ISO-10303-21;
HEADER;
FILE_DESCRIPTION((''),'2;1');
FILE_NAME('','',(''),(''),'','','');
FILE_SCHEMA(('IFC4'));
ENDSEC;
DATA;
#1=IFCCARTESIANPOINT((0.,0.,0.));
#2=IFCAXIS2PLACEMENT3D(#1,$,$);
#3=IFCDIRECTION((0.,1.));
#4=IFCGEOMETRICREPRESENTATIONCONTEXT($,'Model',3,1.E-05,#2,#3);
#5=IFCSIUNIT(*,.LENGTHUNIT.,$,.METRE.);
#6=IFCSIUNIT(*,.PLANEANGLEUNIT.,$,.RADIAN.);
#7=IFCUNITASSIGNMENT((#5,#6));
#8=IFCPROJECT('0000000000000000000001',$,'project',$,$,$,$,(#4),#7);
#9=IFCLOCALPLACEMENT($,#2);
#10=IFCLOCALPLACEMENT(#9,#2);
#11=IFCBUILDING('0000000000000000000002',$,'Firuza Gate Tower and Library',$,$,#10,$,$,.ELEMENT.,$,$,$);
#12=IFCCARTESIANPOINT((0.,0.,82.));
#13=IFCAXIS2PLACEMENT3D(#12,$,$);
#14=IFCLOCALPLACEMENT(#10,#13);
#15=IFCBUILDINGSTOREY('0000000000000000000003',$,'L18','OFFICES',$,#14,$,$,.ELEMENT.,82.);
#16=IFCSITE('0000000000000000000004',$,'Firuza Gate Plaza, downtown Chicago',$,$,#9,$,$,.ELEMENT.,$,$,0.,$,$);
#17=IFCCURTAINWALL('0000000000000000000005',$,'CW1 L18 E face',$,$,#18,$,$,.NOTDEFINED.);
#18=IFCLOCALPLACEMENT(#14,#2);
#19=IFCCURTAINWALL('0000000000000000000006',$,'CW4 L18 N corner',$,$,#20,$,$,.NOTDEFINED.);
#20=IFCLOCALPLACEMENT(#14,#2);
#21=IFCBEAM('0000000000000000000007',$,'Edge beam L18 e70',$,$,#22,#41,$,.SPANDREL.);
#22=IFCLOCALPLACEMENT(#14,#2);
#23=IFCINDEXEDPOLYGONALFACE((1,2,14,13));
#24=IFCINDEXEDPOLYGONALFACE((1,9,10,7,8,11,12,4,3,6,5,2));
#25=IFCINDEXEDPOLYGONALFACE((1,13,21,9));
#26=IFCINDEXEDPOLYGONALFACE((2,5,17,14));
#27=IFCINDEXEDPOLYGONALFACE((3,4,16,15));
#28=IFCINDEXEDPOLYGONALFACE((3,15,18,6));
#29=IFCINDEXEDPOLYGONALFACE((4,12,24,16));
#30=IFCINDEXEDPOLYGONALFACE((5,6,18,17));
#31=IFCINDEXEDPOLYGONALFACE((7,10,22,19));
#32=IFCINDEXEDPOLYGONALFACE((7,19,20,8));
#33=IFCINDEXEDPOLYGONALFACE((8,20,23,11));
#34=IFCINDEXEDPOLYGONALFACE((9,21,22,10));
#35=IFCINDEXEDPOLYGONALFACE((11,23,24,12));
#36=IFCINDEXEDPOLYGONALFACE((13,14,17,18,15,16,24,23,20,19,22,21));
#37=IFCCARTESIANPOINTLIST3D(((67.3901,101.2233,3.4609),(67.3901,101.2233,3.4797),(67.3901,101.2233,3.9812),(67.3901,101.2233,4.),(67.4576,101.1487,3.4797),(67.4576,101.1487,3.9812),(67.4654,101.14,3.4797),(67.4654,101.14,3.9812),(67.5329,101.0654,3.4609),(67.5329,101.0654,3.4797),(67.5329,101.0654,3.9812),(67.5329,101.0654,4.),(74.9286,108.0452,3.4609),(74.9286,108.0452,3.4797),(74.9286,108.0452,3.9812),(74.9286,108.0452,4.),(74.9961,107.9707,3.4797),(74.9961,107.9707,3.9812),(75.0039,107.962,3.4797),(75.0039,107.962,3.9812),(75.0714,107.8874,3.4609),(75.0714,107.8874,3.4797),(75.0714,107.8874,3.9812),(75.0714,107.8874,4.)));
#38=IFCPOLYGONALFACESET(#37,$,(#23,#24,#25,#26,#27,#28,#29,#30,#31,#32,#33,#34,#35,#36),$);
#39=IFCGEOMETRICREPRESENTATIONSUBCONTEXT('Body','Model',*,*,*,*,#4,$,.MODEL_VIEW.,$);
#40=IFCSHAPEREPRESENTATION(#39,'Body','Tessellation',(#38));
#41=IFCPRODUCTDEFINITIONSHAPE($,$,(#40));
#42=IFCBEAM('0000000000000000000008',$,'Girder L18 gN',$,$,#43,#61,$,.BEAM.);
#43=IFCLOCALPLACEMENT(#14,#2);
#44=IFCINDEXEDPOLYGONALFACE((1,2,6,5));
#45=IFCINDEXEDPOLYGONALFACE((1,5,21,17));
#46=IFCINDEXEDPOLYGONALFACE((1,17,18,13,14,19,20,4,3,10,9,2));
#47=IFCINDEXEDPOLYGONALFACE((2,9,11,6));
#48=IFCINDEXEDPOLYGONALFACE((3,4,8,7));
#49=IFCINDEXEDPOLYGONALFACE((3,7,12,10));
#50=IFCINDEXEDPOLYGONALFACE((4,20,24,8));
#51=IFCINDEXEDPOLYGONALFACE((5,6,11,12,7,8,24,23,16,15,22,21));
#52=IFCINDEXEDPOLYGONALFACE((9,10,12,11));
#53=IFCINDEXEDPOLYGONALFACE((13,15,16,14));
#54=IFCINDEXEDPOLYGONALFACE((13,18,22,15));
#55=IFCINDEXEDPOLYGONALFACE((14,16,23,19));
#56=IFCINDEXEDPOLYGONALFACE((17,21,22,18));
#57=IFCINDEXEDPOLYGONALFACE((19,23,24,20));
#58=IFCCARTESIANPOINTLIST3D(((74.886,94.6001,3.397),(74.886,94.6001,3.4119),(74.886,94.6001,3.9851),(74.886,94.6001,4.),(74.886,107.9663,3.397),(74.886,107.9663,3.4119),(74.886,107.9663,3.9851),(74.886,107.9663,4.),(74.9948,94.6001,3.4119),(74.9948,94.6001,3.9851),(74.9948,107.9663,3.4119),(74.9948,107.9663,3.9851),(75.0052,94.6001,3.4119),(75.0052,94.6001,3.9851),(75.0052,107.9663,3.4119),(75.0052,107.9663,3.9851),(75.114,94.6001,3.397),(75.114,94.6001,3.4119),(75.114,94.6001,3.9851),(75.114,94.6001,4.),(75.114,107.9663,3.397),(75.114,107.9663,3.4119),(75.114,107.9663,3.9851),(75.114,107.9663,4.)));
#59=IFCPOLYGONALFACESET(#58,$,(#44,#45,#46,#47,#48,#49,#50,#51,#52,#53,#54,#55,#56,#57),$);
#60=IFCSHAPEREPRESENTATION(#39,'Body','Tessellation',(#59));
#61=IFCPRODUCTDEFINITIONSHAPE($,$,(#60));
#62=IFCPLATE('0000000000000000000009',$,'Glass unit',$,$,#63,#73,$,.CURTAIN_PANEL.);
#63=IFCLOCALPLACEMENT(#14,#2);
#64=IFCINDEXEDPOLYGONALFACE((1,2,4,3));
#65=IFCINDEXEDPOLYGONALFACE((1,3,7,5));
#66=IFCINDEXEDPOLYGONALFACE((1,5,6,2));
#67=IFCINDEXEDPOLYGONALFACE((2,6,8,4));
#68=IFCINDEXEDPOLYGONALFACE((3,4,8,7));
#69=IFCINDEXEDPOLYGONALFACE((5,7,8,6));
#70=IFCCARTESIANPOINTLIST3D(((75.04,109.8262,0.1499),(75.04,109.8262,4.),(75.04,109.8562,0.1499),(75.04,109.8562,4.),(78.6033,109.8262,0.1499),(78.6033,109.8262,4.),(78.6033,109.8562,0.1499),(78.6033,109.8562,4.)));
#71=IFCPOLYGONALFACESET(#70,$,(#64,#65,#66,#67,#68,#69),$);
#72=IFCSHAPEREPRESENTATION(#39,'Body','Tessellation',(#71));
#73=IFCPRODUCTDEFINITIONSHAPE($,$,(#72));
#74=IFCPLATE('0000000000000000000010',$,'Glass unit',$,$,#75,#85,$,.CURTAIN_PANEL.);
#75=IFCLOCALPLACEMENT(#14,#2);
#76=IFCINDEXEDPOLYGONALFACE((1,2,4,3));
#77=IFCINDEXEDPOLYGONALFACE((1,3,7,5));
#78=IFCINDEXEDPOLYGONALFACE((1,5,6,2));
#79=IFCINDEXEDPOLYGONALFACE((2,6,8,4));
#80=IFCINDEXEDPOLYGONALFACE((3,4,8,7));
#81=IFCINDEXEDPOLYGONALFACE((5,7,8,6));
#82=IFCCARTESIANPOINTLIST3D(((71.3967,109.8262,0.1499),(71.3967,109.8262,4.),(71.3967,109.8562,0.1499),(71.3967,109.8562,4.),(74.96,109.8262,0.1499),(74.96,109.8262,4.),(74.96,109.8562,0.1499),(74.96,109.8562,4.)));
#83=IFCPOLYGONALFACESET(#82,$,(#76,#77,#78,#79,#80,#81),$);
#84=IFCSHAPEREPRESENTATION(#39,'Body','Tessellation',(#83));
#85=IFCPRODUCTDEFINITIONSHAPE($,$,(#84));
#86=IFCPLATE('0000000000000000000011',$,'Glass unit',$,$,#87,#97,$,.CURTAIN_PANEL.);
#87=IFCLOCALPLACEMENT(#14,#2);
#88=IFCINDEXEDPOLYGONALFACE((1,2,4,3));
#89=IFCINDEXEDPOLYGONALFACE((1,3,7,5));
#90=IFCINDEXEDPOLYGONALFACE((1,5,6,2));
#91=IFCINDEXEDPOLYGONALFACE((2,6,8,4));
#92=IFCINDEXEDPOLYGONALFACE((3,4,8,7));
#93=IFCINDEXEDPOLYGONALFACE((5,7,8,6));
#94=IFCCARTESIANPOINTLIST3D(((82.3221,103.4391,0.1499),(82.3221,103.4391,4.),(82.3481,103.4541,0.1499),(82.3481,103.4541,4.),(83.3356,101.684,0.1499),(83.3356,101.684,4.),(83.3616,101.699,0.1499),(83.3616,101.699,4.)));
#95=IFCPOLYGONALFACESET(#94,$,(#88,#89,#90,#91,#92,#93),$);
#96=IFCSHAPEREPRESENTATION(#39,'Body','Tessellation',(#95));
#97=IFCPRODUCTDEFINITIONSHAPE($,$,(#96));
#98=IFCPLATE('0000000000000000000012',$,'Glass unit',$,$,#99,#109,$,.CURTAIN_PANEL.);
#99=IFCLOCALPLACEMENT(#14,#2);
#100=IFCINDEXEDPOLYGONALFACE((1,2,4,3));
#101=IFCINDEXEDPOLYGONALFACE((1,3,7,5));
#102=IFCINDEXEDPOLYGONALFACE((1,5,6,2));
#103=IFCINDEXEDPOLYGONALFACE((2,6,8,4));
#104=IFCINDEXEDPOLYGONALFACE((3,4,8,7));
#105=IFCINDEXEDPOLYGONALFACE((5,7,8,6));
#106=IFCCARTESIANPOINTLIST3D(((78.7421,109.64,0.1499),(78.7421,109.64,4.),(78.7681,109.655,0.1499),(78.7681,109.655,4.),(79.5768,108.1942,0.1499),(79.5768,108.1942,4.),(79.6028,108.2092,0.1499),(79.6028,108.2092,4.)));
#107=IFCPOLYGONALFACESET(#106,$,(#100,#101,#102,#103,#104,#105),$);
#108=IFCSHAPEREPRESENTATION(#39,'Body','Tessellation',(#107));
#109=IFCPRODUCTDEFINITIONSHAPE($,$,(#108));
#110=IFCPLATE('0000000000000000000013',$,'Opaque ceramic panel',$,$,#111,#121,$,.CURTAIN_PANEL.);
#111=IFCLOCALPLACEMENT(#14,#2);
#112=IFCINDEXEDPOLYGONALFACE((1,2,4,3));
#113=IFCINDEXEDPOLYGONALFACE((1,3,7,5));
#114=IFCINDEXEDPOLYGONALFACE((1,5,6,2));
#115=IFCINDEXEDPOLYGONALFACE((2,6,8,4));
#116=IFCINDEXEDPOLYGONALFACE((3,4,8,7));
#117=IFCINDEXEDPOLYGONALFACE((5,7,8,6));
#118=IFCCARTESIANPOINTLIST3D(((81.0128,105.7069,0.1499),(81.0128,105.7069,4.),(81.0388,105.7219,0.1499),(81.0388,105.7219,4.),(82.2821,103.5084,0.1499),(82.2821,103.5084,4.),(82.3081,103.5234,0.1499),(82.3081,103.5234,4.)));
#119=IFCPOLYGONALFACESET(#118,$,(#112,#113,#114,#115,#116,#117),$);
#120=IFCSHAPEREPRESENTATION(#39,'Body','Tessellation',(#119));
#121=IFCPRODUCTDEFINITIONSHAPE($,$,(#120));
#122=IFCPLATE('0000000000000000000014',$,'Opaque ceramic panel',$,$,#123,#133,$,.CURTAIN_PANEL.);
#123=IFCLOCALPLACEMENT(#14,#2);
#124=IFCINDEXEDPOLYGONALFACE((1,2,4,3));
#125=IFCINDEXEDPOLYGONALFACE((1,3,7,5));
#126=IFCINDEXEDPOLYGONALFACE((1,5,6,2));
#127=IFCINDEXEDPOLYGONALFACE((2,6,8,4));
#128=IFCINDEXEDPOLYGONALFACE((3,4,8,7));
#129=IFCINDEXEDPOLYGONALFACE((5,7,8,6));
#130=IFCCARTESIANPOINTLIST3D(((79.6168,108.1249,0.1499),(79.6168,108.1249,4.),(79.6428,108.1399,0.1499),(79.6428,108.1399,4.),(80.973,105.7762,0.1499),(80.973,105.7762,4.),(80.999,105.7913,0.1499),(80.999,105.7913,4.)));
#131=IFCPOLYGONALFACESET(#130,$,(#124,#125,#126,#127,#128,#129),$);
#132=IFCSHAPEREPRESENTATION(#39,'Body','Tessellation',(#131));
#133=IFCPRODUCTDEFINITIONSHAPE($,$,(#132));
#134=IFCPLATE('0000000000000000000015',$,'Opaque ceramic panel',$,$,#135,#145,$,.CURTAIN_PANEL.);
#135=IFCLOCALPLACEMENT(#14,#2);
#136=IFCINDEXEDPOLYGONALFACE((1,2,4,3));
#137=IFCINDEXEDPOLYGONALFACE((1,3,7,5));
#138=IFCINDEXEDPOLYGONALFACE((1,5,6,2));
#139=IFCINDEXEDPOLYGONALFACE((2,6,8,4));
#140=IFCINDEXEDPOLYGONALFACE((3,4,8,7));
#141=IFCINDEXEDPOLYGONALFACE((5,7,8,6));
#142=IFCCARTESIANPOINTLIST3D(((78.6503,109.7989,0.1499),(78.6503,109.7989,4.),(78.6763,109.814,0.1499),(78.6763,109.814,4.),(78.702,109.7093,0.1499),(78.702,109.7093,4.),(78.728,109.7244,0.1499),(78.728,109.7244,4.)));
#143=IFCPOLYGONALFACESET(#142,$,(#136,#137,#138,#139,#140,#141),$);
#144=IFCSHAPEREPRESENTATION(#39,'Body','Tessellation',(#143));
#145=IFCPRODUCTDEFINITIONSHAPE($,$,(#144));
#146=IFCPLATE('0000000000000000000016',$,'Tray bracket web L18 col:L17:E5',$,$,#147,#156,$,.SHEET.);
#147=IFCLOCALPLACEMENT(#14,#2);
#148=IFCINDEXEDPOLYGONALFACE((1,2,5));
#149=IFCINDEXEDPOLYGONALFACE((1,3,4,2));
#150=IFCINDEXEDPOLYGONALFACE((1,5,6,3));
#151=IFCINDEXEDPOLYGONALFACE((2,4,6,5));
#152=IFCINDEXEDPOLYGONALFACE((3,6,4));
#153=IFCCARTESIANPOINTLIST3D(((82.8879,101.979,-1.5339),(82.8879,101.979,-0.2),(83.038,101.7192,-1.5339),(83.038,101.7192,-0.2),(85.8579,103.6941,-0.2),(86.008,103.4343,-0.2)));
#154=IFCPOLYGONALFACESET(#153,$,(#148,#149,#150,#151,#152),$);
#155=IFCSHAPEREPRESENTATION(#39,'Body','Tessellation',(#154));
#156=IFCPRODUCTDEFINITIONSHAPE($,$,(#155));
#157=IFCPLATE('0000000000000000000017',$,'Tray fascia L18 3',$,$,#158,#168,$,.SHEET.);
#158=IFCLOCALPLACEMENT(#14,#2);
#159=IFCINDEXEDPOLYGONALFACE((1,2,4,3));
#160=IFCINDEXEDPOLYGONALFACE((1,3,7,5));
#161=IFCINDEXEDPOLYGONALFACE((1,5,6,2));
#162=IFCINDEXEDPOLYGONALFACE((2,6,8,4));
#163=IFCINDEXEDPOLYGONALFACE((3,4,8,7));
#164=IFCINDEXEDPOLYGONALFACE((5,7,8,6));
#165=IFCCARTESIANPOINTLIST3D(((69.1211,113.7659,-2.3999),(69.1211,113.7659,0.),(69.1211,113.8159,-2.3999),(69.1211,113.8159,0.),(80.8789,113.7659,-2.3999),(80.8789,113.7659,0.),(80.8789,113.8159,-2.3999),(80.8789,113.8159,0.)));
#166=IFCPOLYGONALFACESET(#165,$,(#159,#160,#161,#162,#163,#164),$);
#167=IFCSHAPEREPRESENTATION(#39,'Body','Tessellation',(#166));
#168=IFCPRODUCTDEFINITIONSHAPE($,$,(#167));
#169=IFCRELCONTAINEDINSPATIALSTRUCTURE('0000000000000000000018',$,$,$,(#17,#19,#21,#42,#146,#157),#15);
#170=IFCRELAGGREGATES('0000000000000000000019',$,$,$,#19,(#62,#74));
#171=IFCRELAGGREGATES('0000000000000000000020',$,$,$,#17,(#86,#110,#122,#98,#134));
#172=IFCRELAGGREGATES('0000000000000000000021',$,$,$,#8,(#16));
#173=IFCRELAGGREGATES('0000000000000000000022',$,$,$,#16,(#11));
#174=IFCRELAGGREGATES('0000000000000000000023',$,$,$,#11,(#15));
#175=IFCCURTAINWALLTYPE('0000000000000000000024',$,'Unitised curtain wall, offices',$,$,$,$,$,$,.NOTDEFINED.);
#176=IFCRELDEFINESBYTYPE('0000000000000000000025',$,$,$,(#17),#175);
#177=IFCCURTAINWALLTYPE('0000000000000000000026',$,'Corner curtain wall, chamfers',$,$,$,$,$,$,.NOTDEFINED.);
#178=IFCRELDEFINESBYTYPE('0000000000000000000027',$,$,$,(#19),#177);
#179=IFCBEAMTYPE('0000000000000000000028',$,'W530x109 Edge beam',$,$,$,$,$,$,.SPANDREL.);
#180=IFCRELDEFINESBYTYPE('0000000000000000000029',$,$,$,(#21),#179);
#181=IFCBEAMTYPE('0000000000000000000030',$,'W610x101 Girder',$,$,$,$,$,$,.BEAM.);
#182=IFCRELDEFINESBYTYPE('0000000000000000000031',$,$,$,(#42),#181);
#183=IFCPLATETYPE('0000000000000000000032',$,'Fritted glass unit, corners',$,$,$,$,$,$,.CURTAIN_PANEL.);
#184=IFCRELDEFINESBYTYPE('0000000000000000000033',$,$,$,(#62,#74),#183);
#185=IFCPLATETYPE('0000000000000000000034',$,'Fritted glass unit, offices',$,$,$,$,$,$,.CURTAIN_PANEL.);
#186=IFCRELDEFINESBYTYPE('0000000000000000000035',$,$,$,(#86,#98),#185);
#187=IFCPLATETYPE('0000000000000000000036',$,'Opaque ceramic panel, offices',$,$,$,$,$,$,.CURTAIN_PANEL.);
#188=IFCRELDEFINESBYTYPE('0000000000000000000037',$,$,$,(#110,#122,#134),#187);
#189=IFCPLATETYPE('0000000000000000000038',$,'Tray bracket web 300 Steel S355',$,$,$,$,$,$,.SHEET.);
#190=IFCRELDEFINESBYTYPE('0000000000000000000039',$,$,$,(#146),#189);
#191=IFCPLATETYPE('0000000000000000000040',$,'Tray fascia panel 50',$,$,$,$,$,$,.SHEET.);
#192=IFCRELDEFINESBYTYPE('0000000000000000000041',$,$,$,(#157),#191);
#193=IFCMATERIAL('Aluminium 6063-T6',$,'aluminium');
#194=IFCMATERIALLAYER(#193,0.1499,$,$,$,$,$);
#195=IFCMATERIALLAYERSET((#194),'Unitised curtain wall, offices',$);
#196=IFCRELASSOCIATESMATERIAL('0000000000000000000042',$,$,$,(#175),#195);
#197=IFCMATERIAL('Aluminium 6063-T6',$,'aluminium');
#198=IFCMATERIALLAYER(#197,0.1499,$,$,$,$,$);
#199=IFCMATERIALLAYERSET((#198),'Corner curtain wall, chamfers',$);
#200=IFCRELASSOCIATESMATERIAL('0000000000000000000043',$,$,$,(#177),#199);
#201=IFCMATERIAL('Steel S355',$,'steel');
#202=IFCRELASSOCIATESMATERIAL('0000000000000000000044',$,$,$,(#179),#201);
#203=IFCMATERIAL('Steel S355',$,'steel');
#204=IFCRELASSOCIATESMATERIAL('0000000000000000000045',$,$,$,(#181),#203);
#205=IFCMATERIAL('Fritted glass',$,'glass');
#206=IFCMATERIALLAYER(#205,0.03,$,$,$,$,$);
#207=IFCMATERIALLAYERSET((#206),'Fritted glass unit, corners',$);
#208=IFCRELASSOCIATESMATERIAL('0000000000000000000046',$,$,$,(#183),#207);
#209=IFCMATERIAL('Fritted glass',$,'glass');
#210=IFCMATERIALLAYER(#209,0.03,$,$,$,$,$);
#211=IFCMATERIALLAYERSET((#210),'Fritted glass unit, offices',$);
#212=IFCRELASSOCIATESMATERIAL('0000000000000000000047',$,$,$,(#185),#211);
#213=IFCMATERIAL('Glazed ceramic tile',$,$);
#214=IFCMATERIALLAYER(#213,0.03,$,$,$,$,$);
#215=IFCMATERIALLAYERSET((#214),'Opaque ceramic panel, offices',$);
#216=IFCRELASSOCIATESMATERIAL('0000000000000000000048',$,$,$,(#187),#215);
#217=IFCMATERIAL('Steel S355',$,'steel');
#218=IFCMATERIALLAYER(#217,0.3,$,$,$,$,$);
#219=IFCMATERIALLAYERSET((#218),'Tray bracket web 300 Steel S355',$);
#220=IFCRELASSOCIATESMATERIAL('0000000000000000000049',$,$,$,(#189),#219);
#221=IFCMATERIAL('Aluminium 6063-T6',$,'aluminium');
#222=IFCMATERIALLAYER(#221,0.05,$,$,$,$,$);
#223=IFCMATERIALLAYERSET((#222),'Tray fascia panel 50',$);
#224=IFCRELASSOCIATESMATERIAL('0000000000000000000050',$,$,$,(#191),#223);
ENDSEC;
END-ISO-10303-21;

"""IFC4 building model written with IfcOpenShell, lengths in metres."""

from ifc_helpers import new_model, si_unit, direction, frame, origin, origin_2d, place, context, subcontext, project, spatial, polyline, i_section, outline, extrude, material, layer, layer_set, material_profile, profile_set, type_object, element, aggregate, save


model = new_model("IFC4")

# Units and contexts
model_context = context("Model", 3, precision=1e-05, world=origin(), true_north=direction((0.0, 1.0)))
body_context = subcontext(model_context, "Body", "Model", "MODEL_VIEW")
ifc_project = project(units=[si_unit("LENGTHUNIT", "METRE"), si_unit("PLANEANGLEUNIT", "RADIAN")], contexts=[model_context])

# Site, building, storey
site_placement = place(None, origin())
site = spatial("IfcSite", under=ifc_project, at=site_placement, Name="Firuza Gate Plaza, downtown Chicago", CompositionType="ELEMENT", RefElevation=0.0)
building_placement = place(site_placement, origin())
building = spatial("IfcBuilding", under=site, at=building_placement, Name="Firuza Gate Tower and Library", CompositionType="ELEMENT")
storey_placement = place(building_placement, frame((0.0, 0.0, 82.0)))
storey = spatial("IfcBuildingStorey", under=building, at=storey_placement, Name="L18", Description="OFFICES", CompositionType="ELEMENT", Elevation=82.0)

# Curtain walls
ifc_material_1 = material(Name="Aluminium 6063-T6", Category="aluminium")
ifc_layer_1 = layer(ifc_material_1, 0.1499)
ifc_layer_set_1 = layer_set([ifc_layer_1], Name="Unitised curtain wall, offices")
curtain_wall_type_1 = type_object("IfcCurtainWallType", Name="Unitised curtain wall, offices", PredefinedType="NOTDEFINED", material=ifc_layer_set_1)
placement = place(storey_placement, origin())
curtain_wall_1 = element("IfcCurtainWall", 1, at=placement, inside=storey, type_object=curtain_wall_type_1, Name="CW1 L18 E face", PredefinedType="NOTDEFINED")
ifc_material_2 = material(Name="Aluminium 6063-T6", Category="aluminium")
ifc_layer_2 = layer(ifc_material_2, 0.1499)
ifc_layer_set_2 = layer_set([ifc_layer_2], Name="Corner curtain wall, chamfers")
curtain_wall_type_2 = type_object("IfcCurtainWallType", Name="Corner curtain wall, chamfers", PredefinedType="NOTDEFINED", material=ifc_layer_set_2)
curtain_wall_2 = element("IfcCurtainWall", 2, at=placement, inside=storey, type_object=curtain_wall_type_2, Name="CW4 L18 N corner", PredefinedType="NOTDEFINED")

# Beams
ifc_material_3 = material(Name="Steel S355", Category="steel")
ifc_material_profile_1 = material_profile(ifc_material_3, i_section(OverallWidth=0.2129, OverallDepth=0.5391, WebThickness=0.0117, FlangeThickness=0.0188, at=origin_2d()))
ifc_profile_set_1 = profile_set([ifc_material_profile_1], Name="Steel S355")
beam_type_1 = type_object("IfcBeamType", Name="W530x109 Edge beam", PredefinedType="SPANDREL", material=ifc_profile_set_1)
beam_1_placement = place(storey_placement, frame((75.0, 107.9663, 3.7305), z_axis=(-0.741467, -0.670989, 0.0), x_axis=(0.670989, -0.741467, 0.0)))
element("IfcBeam", 3, at=beam_1_placement, inside=storey, type_object=beam_type_1, Name="Edge beam L18 e70", PredefinedType="SPANDREL", context=body_context, shape_type="SweptSolid", body=[
    extrude(i_section(OverallWidth=0.2129, OverallDepth=0.5391, WebThickness=0.0117, FlangeThickness=0.0188, at=origin_2d()), origin(), (0.0, 0.0, 1.0), 10.167),
])
ifc_material_4 = material(Name="Steel S355", Category="steel")
ifc_material_profile_2 = material_profile(ifc_material_4, i_section(OverallWidth=0.228, OverallDepth=0.603, WebThickness=0.0105, FlangeThickness=0.0149, at=origin_2d()))
ifc_profile_set_2 = profile_set([ifc_material_profile_2], Name="Steel S355")
beam_type_2 = type_object("IfcBeamType", Name="W610x101 Girder", PredefinedType="BEAM", material=ifc_profile_set_2)
beam_2_placement = place(storey_placement, frame((75.0, 107.9663, 3.6985), z_axis=(0.0, -1.0, 0.0), x_axis=(1.0, 0.0, 0.0)))
element("IfcBeam", 4, at=beam_2_placement, inside=storey, type_object=beam_type_2, Name="Girder L18 gN", PredefinedType="BEAM", context=body_context, shape_type="SweptSolid", body=[
    extrude(i_section(OverallWidth=0.228, OverallDepth=0.603, WebThickness=0.0105, FlangeThickness=0.0149, at=origin_2d()), origin(), (0.0, 0.0, 1.0), 13.3662),
])

# Plates
ifc_material_5 = material(Name="Fritted glass", Category="glass")
ifc_layer_3 = layer(ifc_material_5, 0.03)
ifc_layer_set_3 = layer_set([ifc_layer_3], Name="Fritted glass unit, corners")
plate_type_1 = type_object("IfcPlateType", Name="Fritted glass unit, corners", PredefinedType="CURTAIN_PANEL", material=ifc_layer_set_3)
plate_1_placement = place(storey_placement, frame((78.6033, 109.8562, 0.1499), z_axis=(0.0, 1.0, 0.0), x_axis=(-1.0, 0.0, 0.0)))
plate_1 = element("IfcPlate", 5, at=plate_1_placement, type_object=plate_type_1, Name="Glass unit", PredefinedType="CURTAIN_PANEL", context=body_context, shape_type="SweptSolid", body=[
    extrude(outline(polyline([(0.0, 0.0), (3.5632, 0.0), (3.5632, 3.8501), (0.0, 3.8501), (0.0, 0.0)])), origin(), (0.0, 0.0, -1.0), 0.03),
])
plate_2_placement = place(storey_placement, frame((74.96, 109.8562, 0.1499), z_axis=(0.0, 1.0, 0.0), x_axis=(-1.0, 0.0, 0.0)))
plate_2 = element("IfcPlate", 6, at=plate_2_placement, type_object=plate_type_1, Name="Glass unit", PredefinedType="CURTAIN_PANEL", context=body_context, shape_type="SweptSolid", body=[
    extrude(outline(polyline([(0.0, 0.0), (3.5632, 0.0), (3.5632, 3.8501), (0.0, 3.8501), (0.0, 0.0)])), origin(), (0.0, 0.0, -1.0), 0.03),
])
aggregate(curtain_wall_2, [plate_1, plate_2])
ifc_material_6 = material(Name="Fritted glass", Category="glass")
ifc_layer_4 = layer(ifc_material_6, 0.03)
ifc_layer_set_4 = layer_set([ifc_layer_4], Name="Fritted glass unit, offices")
plate_type_2 = type_object("IfcPlateType", Name="Fritted glass unit, offices", PredefinedType="CURTAIN_PANEL", material=ifc_layer_set_4)
plate_3_placement = place(storey_placement, frame((83.3616, 101.699, 0.1499), z_axis=(0.866003, 0.500039, 0.0), x_axis=(-0.500039, 0.866003, 0.0)))
plate_3 = element("IfcPlate", 7, at=plate_3_placement, type_object=plate_type_2, Name="Glass unit", PredefinedType="CURTAIN_PANEL", context=body_context, shape_type="SweptSolid", body=[
    extrude(outline(polyline([(0.0, 0.0), (2.0267, 0.0), (2.0267, 3.8501), (0.0, 3.8501), (0.0, 0.0)])), origin(), (0.0, 0.0, -1.0), 0.03),
])
plate_4_placement = place(storey_placement, frame((79.6028, 108.2092, 0.1499), z_axis=(0.86603, 0.499993, 0.0), x_axis=(-0.499993, 0.86603, 0.0)))
plate_4 = element("IfcPlate", 8, at=plate_4_placement, type_object=plate_type_2, Name="Glass unit", PredefinedType="CURTAIN_PANEL", context=body_context, shape_type="SweptSolid", body=[
    extrude(outline(polyline([(0.0, 0.0), (1.6695, 0.0), (1.6695, 3.8501), (0.0, 3.8501), (0.0, 0.0)])), origin(), (0.0, 0.0, -1.0), 0.03),
])
ifc_material_7 = material(Name="Glazed ceramic tile")
ifc_layer_5 = layer(ifc_material_7, 0.03)
ifc_layer_set_5 = layer_set([ifc_layer_5], Name="Opaque ceramic panel, offices")
plate_type_3 = type_object("IfcPlateType", Name="Opaque ceramic panel, offices", PredefinedType="CURTAIN_PANEL", material=ifc_layer_set_5)
plate_5_placement = place(storey_placement, frame((82.3081, 103.5234, 0.1499), z_axis=(0.866027, 0.499997, 0.0), x_axis=(-0.499997, 0.866027, 0.0)))
plate_5 = element("IfcPlate", 9, at=plate_5_placement, type_object=plate_type_3, Name="Opaque ceramic panel", PredefinedType="CURTAIN_PANEL", context=body_context, shape_type="SweptSolid", body=[
    extrude(outline(polyline([(0.0, 0.0), (2.5386, 0.0), (2.5386, 3.8501), (0.0, 3.8501), (0.0, 0.0)])), origin(), (0.0, 0.0, -1.0), 0.03),
])
plate_6_placement = place(storey_placement, frame((80.999, 105.7913, 0.1499), z_axis=(0.865991, 0.50006, 0.0), x_axis=(-0.50006, 0.865991, 0.0)))
plate_6 = element("IfcPlate", 10, at=plate_6_placement, type_object=plate_type_3, Name="Opaque ceramic panel", PredefinedType="CURTAIN_PANEL", context=body_context, shape_type="SweptSolid", body=[
    extrude(outline(polyline([(0.0, 0.0), (2.7121, 0.0), (2.7121, 3.8501), (0.0, 3.8501), (0.0, 0.0)])), origin(), (0.0, 0.0, -1.0), 0.03),
])
plate_7_placement = place(storey_placement, frame((78.728, 109.7244, 0.1499), z_axis=(0.86591, 0.500199, 0.0), x_axis=(-0.500199, 0.86591, 0.0)))
plate_7 = element("IfcPlate", 11, at=plate_7_placement, type_object=plate_type_3, Name="Opaque ceramic panel", PredefinedType="CURTAIN_PANEL", context=body_context, shape_type="SweptSolid", body=[
    extrude(outline(polyline([(0.0, 0.0), (0.1035, 0.0), (0.1035, 3.8501), (0.0, 3.8501), (0.0, 0.0)])), origin(), (0.0, 0.0, -1.0), 0.03),
])
aggregate(curtain_wall_1, [plate_3, plate_5, plate_6, plate_4, plate_7])

# Plates
ifc_material_8 = material(Name="Steel S355", Category="steel")
ifc_layer_6 = layer(ifc_material_8, 0.3)
ifc_layer_set_6 = layer_set([ifc_layer_6], Name="Tray bracket web 300 Steel S355")
plate_type_4 = type_object("IfcPlateType", Name="Tray bracket web 300 Steel S355", PredefinedType="SHEET", material=ifc_layer_set_6)
plate_8_placement = place(storey_placement, frame((82.8879, 101.979, -0.2), z_axis=(-0.500082, 0.865978, 0.0), x_axis=(0.865978, 0.500082, 0.0)))
element("IfcPlate", 12, at=plate_8_placement, inside=storey, type_object=plate_type_4, Name="Tray bracket web L18 col:L17:E5", PredefinedType="SHEET", context=body_context, shape_type="SweptSolid", body=[
    extrude(outline(polyline([(0.0, 0.0), (3.4296, 0.0), (0.0, 1.334), (0.0, 0.0)])), origin(), (0.0, 0.0, -1.0), 0.3),
])
ifc_material_9 = material(Name="Aluminium 6063-T6", Category="aluminium")
ifc_layer_7 = layer(ifc_material_9, 0.05)
ifc_layer_set_7 = layer_set([ifc_layer_7], Name="Tray fascia panel 50")
plate_type_5 = type_object("IfcPlateType", Name="Tray fascia panel 50", PredefinedType="SHEET", material=ifc_layer_set_7)
plate_9_placement = place(storey_placement, frame((80.8789, 113.8159, -2.3999), z_axis=(0.0, 1.0, 0.0), x_axis=(-1.0, 0.0, 0.0)))
element("IfcPlate", 13, at=plate_9_placement, inside=storey, type_object=plate_type_5, Name="Tray fascia L18 3", PredefinedType="SHEET", context=body_context, shape_type="SweptSolid", body=[
    extrude(outline(polyline([(0.0, 0.0), (11.7578, 0.0), (11.7578, 2.3999), (0.0, 2.3999), (0.0, 0.0)])), origin(), (0.0, 0.0, -1.0), 0.05),
])

save(model, "model.ifc")
